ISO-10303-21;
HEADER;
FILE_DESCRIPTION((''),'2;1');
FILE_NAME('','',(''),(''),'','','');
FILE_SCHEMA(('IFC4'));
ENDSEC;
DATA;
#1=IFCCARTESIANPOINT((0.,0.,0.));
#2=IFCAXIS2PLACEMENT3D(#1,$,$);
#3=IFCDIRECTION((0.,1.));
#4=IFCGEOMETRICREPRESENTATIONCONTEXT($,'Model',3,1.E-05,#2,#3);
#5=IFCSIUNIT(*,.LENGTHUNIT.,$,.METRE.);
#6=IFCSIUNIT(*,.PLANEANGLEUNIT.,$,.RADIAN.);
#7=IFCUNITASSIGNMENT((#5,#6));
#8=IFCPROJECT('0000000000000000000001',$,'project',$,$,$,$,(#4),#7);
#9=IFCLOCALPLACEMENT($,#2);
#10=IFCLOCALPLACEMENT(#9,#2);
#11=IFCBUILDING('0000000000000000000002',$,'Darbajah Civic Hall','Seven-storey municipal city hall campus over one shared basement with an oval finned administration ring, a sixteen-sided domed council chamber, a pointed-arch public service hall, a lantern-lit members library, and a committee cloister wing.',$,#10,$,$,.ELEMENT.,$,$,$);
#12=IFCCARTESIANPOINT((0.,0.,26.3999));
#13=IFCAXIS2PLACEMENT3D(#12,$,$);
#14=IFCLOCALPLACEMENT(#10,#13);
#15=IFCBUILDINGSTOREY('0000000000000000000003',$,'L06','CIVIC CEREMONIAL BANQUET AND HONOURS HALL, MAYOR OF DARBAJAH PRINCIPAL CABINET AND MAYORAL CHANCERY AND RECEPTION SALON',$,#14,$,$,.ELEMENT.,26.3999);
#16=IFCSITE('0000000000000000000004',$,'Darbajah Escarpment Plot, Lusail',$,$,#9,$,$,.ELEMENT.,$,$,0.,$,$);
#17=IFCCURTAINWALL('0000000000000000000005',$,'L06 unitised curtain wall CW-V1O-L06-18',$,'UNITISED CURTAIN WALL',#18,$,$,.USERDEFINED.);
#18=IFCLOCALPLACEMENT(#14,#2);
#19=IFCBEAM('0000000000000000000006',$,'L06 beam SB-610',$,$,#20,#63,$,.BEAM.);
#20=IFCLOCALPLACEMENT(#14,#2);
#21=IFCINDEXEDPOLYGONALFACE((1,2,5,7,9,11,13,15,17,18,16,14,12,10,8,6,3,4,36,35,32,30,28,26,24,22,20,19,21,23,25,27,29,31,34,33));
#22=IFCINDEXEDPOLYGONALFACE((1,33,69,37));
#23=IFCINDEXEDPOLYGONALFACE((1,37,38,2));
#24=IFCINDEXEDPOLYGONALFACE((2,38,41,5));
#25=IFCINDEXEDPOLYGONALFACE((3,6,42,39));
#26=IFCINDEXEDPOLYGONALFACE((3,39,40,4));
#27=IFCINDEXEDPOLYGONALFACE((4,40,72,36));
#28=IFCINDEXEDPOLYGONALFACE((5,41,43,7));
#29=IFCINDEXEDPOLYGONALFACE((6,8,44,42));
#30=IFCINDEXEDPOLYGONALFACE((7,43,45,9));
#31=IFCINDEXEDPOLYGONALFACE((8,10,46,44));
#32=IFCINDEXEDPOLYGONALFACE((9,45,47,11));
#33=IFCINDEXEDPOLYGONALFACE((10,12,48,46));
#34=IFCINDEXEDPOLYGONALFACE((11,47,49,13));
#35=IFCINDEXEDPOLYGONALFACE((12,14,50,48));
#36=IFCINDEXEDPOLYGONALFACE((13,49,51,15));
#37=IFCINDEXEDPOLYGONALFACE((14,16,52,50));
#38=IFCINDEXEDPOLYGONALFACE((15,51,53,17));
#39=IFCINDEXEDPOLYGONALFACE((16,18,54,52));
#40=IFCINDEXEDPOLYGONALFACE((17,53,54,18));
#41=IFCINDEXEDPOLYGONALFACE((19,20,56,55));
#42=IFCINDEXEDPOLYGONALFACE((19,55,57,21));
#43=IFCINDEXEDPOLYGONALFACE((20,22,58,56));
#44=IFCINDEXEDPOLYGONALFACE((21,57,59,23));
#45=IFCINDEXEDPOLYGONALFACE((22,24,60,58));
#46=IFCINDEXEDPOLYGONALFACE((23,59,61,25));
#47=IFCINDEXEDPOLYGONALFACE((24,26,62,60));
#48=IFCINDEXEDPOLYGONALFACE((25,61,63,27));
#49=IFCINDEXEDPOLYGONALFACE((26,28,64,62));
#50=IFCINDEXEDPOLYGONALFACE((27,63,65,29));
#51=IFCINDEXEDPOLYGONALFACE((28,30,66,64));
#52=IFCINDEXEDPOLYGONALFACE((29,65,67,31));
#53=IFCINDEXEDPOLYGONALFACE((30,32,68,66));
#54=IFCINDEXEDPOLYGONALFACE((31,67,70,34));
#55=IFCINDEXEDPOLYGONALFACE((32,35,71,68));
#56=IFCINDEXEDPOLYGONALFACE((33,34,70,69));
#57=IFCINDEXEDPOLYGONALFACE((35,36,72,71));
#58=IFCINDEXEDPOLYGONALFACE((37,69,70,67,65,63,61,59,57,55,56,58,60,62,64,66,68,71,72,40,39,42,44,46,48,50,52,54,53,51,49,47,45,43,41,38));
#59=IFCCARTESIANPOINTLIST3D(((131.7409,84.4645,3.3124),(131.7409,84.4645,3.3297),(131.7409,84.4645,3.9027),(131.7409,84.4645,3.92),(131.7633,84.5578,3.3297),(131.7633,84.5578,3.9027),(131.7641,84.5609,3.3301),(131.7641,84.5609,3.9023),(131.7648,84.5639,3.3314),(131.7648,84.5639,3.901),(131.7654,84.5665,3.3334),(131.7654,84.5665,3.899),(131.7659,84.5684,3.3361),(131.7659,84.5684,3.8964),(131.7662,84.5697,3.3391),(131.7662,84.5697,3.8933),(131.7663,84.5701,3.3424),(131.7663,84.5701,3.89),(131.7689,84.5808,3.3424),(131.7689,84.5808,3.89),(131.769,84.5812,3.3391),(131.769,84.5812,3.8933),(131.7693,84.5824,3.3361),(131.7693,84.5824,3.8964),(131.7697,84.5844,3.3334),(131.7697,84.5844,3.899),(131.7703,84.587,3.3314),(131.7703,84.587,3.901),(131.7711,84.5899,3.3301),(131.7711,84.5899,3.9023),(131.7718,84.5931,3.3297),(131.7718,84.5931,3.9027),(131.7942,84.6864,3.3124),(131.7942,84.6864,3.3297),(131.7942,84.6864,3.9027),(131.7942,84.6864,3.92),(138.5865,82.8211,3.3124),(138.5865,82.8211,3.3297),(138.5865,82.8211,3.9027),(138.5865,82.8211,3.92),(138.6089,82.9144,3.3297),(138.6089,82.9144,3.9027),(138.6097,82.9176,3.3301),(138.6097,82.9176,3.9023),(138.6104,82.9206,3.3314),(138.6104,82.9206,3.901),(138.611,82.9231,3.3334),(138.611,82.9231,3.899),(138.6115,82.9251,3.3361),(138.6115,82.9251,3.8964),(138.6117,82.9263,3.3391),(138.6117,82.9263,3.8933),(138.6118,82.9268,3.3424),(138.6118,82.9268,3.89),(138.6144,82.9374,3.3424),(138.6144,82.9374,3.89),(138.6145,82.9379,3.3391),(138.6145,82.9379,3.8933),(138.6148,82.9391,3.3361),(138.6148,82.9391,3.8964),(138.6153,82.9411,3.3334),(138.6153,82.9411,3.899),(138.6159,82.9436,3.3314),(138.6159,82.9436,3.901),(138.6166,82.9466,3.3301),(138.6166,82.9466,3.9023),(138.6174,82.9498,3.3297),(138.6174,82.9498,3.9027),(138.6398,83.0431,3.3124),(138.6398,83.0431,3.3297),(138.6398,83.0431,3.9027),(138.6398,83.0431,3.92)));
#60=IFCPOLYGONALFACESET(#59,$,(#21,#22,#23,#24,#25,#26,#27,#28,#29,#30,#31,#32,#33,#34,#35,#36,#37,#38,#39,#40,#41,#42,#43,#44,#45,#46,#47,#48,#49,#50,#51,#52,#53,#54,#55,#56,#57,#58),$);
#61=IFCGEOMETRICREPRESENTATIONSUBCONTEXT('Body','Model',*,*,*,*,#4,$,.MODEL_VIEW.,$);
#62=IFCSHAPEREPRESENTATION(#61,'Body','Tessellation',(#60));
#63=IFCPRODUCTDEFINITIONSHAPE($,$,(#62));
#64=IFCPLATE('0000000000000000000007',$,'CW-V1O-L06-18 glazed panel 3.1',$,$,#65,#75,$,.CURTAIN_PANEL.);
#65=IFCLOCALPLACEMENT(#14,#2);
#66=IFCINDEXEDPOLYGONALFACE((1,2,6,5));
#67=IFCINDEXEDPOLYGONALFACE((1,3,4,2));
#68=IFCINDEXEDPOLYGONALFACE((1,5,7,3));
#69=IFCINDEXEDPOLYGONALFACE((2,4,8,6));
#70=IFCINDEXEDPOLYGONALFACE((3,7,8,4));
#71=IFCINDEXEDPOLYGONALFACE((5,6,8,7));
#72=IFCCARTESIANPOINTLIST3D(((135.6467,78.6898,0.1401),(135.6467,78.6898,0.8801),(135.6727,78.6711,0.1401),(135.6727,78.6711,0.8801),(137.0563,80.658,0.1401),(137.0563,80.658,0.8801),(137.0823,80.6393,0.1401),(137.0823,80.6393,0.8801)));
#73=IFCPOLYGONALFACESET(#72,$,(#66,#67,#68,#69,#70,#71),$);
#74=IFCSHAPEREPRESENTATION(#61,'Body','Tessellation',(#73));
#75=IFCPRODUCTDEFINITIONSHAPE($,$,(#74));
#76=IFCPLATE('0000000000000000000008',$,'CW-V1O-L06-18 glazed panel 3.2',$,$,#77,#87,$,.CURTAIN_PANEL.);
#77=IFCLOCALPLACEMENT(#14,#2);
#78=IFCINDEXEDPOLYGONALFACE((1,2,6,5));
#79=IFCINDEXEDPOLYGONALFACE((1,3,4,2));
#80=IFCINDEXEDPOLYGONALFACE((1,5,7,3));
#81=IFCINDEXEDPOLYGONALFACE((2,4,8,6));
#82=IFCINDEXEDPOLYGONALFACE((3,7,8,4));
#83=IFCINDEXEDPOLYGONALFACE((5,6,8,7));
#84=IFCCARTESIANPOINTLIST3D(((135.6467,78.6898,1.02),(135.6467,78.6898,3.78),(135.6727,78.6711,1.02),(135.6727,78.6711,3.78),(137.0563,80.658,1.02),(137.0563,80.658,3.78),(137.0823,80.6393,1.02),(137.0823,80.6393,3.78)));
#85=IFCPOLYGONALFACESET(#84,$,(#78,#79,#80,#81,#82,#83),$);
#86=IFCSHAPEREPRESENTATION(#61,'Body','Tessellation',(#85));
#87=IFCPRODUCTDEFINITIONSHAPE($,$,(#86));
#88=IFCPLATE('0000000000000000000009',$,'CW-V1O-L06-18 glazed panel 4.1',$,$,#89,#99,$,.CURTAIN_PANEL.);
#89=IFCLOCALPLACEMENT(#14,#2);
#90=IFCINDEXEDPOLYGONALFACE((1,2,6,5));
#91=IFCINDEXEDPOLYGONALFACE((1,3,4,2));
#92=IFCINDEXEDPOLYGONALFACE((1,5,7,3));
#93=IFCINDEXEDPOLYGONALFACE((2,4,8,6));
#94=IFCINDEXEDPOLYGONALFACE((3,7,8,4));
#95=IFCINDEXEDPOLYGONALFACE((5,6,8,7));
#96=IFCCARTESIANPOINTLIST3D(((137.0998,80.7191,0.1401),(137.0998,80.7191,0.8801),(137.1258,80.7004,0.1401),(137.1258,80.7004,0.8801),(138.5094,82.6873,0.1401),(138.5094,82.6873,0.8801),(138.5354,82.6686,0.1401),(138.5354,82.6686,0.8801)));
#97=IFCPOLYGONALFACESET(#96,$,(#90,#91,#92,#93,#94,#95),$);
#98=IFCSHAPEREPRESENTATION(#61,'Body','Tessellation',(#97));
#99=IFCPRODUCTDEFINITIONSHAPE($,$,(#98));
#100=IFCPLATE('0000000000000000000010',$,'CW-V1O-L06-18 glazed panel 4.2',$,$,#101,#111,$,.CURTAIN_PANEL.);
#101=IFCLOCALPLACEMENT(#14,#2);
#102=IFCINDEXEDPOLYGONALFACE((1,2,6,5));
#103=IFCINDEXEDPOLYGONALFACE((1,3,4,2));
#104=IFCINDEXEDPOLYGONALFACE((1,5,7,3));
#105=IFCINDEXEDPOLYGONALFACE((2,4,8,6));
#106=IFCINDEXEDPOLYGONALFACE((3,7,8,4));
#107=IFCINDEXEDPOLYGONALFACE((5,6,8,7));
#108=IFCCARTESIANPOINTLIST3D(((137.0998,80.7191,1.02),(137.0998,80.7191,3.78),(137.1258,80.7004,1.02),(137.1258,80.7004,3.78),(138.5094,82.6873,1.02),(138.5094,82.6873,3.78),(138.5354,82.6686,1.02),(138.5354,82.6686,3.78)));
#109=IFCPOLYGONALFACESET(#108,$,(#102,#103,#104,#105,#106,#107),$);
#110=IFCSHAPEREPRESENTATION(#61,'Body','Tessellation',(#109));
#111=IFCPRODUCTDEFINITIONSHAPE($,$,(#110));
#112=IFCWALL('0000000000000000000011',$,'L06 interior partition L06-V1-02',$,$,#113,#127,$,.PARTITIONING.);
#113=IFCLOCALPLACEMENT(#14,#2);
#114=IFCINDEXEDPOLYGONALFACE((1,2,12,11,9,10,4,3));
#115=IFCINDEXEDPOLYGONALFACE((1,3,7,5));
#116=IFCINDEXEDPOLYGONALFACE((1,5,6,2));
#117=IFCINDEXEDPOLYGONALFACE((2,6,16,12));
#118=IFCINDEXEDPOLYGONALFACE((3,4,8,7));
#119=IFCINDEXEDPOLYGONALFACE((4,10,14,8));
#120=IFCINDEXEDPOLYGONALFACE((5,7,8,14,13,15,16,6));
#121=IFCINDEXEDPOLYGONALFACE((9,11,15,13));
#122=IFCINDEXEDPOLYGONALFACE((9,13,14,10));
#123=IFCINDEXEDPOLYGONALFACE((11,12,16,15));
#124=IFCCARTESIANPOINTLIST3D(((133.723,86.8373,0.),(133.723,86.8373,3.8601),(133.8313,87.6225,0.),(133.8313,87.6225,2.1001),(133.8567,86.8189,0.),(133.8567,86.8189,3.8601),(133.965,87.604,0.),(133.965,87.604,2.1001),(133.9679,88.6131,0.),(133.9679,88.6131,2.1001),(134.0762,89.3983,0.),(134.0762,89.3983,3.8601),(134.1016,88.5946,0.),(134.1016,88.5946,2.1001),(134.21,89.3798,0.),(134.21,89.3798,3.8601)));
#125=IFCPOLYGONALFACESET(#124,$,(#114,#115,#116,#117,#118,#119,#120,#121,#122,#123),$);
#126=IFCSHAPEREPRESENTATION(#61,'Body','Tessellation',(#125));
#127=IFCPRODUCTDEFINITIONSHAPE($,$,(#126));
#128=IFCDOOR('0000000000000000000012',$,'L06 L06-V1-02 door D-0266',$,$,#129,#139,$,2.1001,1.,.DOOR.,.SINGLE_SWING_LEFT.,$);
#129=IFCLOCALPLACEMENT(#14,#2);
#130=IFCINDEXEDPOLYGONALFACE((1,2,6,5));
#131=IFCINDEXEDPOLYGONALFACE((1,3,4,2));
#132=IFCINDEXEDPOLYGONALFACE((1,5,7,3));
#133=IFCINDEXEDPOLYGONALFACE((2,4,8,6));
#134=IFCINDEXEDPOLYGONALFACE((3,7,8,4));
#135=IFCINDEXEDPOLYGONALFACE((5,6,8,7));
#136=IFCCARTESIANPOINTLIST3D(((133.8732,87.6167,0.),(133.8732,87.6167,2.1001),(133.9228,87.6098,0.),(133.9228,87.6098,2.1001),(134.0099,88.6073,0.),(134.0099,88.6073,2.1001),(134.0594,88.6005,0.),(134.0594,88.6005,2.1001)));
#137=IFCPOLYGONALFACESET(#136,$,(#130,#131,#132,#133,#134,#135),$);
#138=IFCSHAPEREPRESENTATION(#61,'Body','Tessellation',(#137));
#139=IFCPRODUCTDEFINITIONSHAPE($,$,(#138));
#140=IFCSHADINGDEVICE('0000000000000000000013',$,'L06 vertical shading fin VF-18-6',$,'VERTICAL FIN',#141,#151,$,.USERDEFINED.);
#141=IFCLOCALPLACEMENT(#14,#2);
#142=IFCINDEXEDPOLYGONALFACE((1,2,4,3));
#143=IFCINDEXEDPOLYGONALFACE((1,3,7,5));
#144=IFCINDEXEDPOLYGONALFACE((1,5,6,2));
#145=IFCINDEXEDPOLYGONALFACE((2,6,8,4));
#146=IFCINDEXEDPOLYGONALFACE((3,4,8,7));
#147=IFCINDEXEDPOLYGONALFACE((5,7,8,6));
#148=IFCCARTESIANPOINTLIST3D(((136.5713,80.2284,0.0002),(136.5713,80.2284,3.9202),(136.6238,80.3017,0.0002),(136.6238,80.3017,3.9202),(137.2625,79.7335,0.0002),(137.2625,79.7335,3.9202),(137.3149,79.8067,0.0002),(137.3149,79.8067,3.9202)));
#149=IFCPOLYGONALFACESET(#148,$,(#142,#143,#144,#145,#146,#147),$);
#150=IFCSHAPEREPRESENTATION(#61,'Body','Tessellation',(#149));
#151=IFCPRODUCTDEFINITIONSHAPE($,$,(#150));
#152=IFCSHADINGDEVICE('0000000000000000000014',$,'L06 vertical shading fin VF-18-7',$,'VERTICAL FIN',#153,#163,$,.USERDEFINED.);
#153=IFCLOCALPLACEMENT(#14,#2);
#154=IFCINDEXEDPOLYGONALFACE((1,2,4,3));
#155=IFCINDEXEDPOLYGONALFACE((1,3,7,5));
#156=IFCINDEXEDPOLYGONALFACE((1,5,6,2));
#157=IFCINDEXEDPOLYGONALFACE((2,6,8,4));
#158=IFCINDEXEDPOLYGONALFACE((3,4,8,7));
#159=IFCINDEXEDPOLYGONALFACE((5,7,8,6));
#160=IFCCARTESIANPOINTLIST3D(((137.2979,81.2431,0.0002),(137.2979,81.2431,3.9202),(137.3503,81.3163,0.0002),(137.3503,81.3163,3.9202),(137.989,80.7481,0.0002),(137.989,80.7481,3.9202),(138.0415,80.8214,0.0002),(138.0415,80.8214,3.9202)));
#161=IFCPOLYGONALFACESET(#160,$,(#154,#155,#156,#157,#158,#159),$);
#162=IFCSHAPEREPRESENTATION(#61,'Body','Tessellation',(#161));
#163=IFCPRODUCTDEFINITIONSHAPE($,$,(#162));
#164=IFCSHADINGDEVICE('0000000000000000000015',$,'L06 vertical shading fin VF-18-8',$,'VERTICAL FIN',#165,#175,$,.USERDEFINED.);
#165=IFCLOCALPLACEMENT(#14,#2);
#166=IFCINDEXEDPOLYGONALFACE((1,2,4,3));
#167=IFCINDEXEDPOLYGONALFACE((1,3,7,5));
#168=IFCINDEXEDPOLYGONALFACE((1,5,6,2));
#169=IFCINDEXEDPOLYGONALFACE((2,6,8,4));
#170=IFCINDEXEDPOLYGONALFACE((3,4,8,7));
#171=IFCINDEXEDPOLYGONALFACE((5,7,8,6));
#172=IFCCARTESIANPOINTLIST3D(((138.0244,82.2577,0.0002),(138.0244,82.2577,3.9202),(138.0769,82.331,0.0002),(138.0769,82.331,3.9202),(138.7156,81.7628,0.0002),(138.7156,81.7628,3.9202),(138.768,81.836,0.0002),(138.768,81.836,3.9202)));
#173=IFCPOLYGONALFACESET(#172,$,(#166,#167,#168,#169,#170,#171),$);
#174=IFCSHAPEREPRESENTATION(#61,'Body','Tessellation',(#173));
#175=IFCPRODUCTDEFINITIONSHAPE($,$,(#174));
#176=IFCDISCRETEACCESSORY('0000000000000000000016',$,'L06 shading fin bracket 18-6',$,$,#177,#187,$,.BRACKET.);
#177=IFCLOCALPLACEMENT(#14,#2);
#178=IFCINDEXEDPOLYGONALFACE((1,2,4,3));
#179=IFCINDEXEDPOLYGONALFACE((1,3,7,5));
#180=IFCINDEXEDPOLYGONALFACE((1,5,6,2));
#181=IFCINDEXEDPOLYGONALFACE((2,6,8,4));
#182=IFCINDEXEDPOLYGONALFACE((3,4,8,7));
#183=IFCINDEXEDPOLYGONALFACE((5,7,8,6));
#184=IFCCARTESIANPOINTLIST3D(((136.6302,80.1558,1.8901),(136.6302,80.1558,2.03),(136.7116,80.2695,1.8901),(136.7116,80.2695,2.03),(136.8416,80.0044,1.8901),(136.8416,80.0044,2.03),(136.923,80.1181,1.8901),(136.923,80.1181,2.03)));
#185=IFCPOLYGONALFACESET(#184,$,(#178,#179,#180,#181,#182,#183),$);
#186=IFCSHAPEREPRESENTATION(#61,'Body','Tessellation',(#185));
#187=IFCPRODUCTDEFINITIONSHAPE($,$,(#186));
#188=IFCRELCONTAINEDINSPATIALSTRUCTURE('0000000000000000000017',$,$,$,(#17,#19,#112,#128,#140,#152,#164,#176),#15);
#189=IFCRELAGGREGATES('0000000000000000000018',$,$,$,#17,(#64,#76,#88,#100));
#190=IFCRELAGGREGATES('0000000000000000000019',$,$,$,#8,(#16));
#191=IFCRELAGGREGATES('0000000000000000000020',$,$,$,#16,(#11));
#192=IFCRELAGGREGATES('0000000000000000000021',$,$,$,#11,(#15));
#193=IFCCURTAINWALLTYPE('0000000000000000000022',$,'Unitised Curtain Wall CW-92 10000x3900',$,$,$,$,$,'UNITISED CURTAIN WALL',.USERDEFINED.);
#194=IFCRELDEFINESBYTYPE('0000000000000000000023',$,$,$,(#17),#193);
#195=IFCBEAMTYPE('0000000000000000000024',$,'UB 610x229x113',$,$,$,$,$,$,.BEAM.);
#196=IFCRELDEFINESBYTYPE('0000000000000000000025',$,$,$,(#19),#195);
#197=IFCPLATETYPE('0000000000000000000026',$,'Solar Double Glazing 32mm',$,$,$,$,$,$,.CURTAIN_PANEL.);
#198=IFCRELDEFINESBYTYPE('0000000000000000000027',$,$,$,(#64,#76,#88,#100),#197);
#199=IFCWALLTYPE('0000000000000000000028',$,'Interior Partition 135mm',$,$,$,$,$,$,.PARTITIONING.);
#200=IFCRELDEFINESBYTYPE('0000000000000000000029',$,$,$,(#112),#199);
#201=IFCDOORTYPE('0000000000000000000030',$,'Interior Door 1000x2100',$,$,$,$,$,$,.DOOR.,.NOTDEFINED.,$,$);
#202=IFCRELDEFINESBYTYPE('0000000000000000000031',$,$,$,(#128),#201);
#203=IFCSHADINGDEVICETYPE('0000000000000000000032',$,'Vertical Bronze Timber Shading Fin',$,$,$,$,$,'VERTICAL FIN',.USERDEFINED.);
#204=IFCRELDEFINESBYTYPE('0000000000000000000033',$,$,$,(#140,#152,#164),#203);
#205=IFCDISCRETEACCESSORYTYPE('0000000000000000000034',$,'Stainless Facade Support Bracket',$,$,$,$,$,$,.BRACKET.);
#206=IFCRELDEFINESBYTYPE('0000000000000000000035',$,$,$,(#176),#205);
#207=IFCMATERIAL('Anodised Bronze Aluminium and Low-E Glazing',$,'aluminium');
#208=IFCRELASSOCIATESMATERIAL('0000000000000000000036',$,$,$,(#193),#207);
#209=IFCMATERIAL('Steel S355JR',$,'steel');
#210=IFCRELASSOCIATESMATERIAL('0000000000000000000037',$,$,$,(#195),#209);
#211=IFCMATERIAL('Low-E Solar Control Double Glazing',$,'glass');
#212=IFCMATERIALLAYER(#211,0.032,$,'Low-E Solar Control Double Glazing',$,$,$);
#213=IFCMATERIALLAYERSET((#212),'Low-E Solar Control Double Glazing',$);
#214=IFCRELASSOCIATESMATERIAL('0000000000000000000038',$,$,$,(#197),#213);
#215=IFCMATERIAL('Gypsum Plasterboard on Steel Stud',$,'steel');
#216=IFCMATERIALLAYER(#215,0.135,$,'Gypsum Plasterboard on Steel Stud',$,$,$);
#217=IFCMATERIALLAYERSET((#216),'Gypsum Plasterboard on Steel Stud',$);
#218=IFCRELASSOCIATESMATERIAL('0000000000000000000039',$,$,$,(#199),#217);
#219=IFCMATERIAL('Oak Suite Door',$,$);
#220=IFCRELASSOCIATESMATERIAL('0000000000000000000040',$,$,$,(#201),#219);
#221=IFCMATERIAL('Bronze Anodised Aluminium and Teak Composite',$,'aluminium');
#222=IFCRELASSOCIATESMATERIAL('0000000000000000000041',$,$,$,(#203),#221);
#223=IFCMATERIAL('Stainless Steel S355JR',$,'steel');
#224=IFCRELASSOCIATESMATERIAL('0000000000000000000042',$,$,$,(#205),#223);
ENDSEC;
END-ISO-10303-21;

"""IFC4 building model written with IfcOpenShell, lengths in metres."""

from ifc_helpers import new_model, si_unit, direction, frame, frame_2d, origin, origin_2d, place, context, subcontext, project, spatial, rectangle, i_section, extrude, material, layer, layer_set, material_profile, profile_set, type_object, element, fill, aggregate, save


model = new_model("IFC4")

# Units and contexts
model_context = context("Model", 3, precision=1e-05, world=origin(), true_north=direction((0.0, 1.0)))
body_context = subcontext(model_context, "Body", "Model", "MODEL_VIEW")
ifc_project = project(units=[si_unit("LENGTHUNIT", "METRE"), si_unit("PLANEANGLEUNIT", "RADIAN")], contexts=[model_context])

# Site, building, storey
site_placement = place(None, origin())
site = spatial("IfcSite", under=ifc_project, at=site_placement, Name="Darbajah Escarpment Plot, Lusail", CompositionType="ELEMENT", RefElevation=0.0)
building_placement = place(site_placement, origin())
building = spatial("IfcBuilding", under=site, at=building_placement, Name="Darbajah Civic Hall", Description="Seven-storey municipal city hall campus over one shared basement with an oval finned administration ring, a sixteen-sided domed council chamber, a pointed-arch public service hall, a lantern-lit members library, and a committee cloister wing.", CompositionType="ELEMENT")
storey_placement = place(building_placement, frame((0.0, 0.0, 26.3999)))
storey = spatial("IfcBuildingStorey", under=building, at=storey_placement, Name="L06", Description="CIVIC CEREMONIAL BANQUET AND HONOURS HALL, MAYOR OF DARBAJAH PRINCIPAL CABINET AND MAYORAL CHANCERY AND RECEPTION SALON", CompositionType="ELEMENT", Elevation=26.3999)

# Curtain wall
ifc_material_1 = material(Name="Anodised Bronze Aluminium and Low-E Glazing", Category="aluminium")
curtain_wall_type = type_object("IfcCurtainWallType", Name="Unitised Curtain Wall CW-92 10000x3900", ElementType="UNITISED CURTAIN WALL", PredefinedType="USERDEFINED", material=ifc_material_1)
curtain_wall_placement = place(storey_placement, origin())
curtain_wall = element("IfcCurtainWall", 1, at=curtain_wall_placement, inside=storey, type_object=curtain_wall_type, Name="L06 unitised curtain wall CW-V1O-L06-18", ObjectType="UNITISED CURTAIN WALL", PredefinedType="USERDEFINED")

# Beam
ifc_material_2 = material(Name="Steel S355JR", Category="steel")
ifc_material_profile_1 = material_profile(ifc_material_2, i_section(OverallWidth=0.2283, OverallDepth=0.6077, WebThickness=0.011, FlangeThickness=0.0173, FilletRadius=0.0127, at=origin_2d()), Name="UB 610x229x113")
ifc_profile_set_1 = profile_set([ifc_material_profile_1], Name="Steel S355JR")
beam_type_1 = type_object("IfcBeamType", Name="UB 610x229x113", PredefinedType="BEAM", material=ifc_profile_set_1)
beam_1_placement = place(storey_placement, frame((131.7676, 84.5754, 3.6162), z_axis=(0.972374, -0.233427, 0.0), x_axis=(0.233427, 0.972374, 0.0)))
element("IfcBeam", 2, at=beam_1_placement, inside=storey, type_object=beam_type_1, Name="L06 beam SB-610", PredefinedType="BEAM", context=body_context, shape_type="SweptSolid", body=[
    extrude(i_section(OverallWidth=0.2283, OverallDepth=0.6077, WebThickness=0.011, FlangeThickness=0.0173, FilletRadius=0.0127, at=origin_2d()), origin(), (0.0, 0.0, 1.0), 7.04),
])

# Plates
ifc_material_3 = material(Name="Low-E Solar Control Double Glazing", Category="glass")
ifc_layer_1 = layer(ifc_material_3, 0.032, Name="Low-E Solar Control Double Glazing")
ifc_layer_set_1 = layer_set([ifc_layer_1], Name="Low-E Solar Control Double Glazing")
plate_type = type_object("IfcPlateType", Name="Solar Double Glazing 32mm", PredefinedType="CURTAIN_PANEL", material=ifc_layer_set_1)
plate_1_placement = place(storey_placement, frame((136.3645, 79.6646, 0.1401), z_axis=(0.0, 0.0, 1.0), x_axis=(0.582265, 0.812999, 0.0)))
plate_1 = element("IfcPlate", 3, at=plate_1_placement, type_object=plate_type, Name="CW-V1O-L06-18 glazed panel 3.1", PredefinedType="CURTAIN_PANEL", context=body_context, shape_type="SweptSolid", body=[
    extrude(rectangle(XDim=2.4209, YDim=0.032, at=origin_2d()), origin(), (0.0, 0.0, 1.0), 0.74),
])
plate_2_placement = place(storey_placement, frame((136.3645, 79.6646, 1.02), z_axis=(0.0, 0.0, 1.0), x_axis=(0.582265, 0.812999, 0.0)))
plate_2 = element("IfcPlate", 4, at=plate_2_placement, type_object=plate_type, Name="CW-V1O-L06-18 glazed panel 3.2", PredefinedType="CURTAIN_PANEL", context=body_context, shape_type="SweptSolid", body=[
    extrude(rectangle(XDim=2.4209, YDim=0.032, at=origin_2d()), origin(), (0.0, 0.0, 1.0), 2.76),
])
plate_3_placement = place(storey_placement, frame((137.8176, 81.6938, 0.1401), z_axis=(0.0, 0.0, 1.0), x_axis=(0.582265, 0.812999, 0.0)))
plate_3 = element("IfcPlate", 5, at=plate_3_placement, type_object=plate_type, Name="CW-V1O-L06-18 glazed panel 4.1", PredefinedType="CURTAIN_PANEL", context=body_context, shape_type="SweptSolid", body=[
    extrude(rectangle(XDim=2.4209, YDim=0.032, at=origin_2d()), origin(), (0.0, 0.0, 1.0), 0.74),
])
plate_4_placement = place(storey_placement, frame((137.8176, 81.6938, 1.02), z_axis=(0.0, 0.0, 1.0), x_axis=(0.582265, 0.812999, 0.0)))
plate_4 = element("IfcPlate", 6, at=plate_4_placement, type_object=plate_type, Name="CW-V1O-L06-18 glazed panel 4.2", PredefinedType="CURTAIN_PANEL", context=body_context, shape_type="SweptSolid", body=[
    extrude(rectangle(XDim=2.4209, YDim=0.032, at=origin_2d()), origin(), (0.0, 0.0, 1.0), 2.76),
])
aggregate(curtain_wall, [plate_1, plate_2, plate_3, plate_4])

# Wall, opening, door
ifc_material_4 = material(Name="Gypsum Plasterboard on Steel Stud", Category="steel")
ifc_layer_2 = layer(ifc_material_4, 0.135, Name="Gypsum Plasterboard on Steel Stud")
ifc_layer_set_2 = layer_set([ifc_layer_2], Name="Gypsum Plasterboard on Steel Stud")
wall_type = type_object("IfcWallType", Name="Interior Partition 135mm", PredefinedType="PARTITIONING", material=ifc_layer_set_2)
wall_placement = place(storey_placement, frame((134.1431, 89.3889, 0.0), z_axis=(0.0, 0.0, 1.0), x_axis=(-0.136647, -0.99062, 0.0)))
wall = element("IfcWall", 7, at=wall_placement, inside=storey, type_object=wall_type, Name="L06 interior partition L06-V1-02", PredefinedType="PARTITIONING", context=body_context, shape_type="SweptSolid", body=[
    extrude(rectangle(XDim=2.5852, YDim=0.135, at=frame_2d((1.2925, 0.0))), origin(), (0.0, 0.0, 1.0), 3.8601),
])
opening_placement = place(wall_placement, frame((0.7925, 0.0, 0.0)))
opening = element("IfcOpeningElement", 8, at=opening_placement, cuts=wall, PredefinedType="OPENING", context=body_context, shape_type="SweptSolid", body=[
    extrude(rectangle(XDim=1.0, YDim=2.1001, at=frame_2d((0.5, 1.05))), frame((0.0, 0.0774, 0.0), z_axis=(0.0, -1.0, 0.0), x_axis=(1.0, 0.0, 0.0)), (0.0, 0.0, 1.0), 0.155),
])
ifc_material_5 = material(Name="Oak Suite Door")
door_type = type_object("IfcDoorType", Name="Interior Door 1000x2100", OperationType="NOTDEFINED", PredefinedType="DOOR", material=ifc_material_5)
door_placement = place(opening_placement, origin())
door = element("IfcDoor", 9, at=door_placement, inside=storey, type_object=door_type, Name="L06 L06-V1-02 door D-0266", OperationType="SINGLE_SWING_LEFT", OverallHeight=2.1001, OverallWidth=1.0, PredefinedType="DOOR", context=body_context, shape_type="SweptSolid", body=[
    extrude(rectangle(XDim=1.0, YDim=2.1001, at=frame_2d((0.5, 1.05))), frame((0.0, 0.0249, 0.0), z_axis=(0.0, -1.0, 0.0), x_axis=(1.0, 0.0, 0.0)), (0.0, 0.0, 1.0), 0.05),
])
fill(opening, door)

# Shading devices
ifc_material_6 = material(Name="Bronze Anodised Aluminium and Teak Composite", Category="aluminium")
shading_device_type = type_object("IfcShadingDeviceType", Name="Vertical Bronze Timber Shading Fin", ElementType="VERTICAL FIN", PredefinedType="USERDEFINED", material=ifc_material_6)
for number, where, z_axis, x_axis, name in (
    (10, (136.9431, 80.0176, 0.0002), (0.0, 0.0, 1.0), (0.812999, -0.582265, 0.0), "L06 vertical shading fin VF-18-6"),
    (11, (137.6697, 81.0322, 0.0002), (0.0, 0.0, 1.0), (0.812999, -0.582265, 0.0), "L06 vertical shading fin VF-18-7"),
    (12, (138.3962, 82.0469, 0.0002), (0.0, 0.0, 1.0), (0.812999, -0.582265, 0.0), "L06 vertical shading fin VF-18-8"),
):
    element("IfcShadingDevice", number, at=place(storey_placement, frame(where, z_axis=z_axis, x_axis=x_axis)), inside=storey, type_object=shading_device_type, Name=name, ObjectType="VERTICAL FIN", PredefinedType="USERDEFINED", context=body_context, shape_type="SweptSolid", body=[
        extrude(rectangle(XDim=0.8501, YDim=0.0901, at=origin_2d()), origin(), (0.0, 0.0, 1.0), 3.9199),
    ])

# Discrete accessory
ifc_material_7 = material(Name="Stainless Steel S355JR", Category="steel")
discrete_accessory_type = type_object("IfcDiscreteAccessoryType", Name="Stainless Facade Support Bracket", PredefinedType="BRACKET", material=ifc_material_7)
for number, where, z_axis, x_axis, name in (
    (13, (136.7766, 80.137, 1.8901), (0.0, 0.0, 1.0), (0.812999, -0.582265, 0.0), "L06 shading fin bracket 18-6"),
):
    element("IfcDiscreteAccessory", number, at=place(storey_placement, frame(where, z_axis=z_axis, x_axis=x_axis)), inside=storey, type_object=discrete_accessory_type, Name=name, PredefinedType="BRACKET", context=body_context, shape_type="SweptSolid", body=[
        extrude(rectangle(XDim=0.26, YDim=0.1399, at=origin_2d()), origin(), (0.0, 0.0, 1.0), 0.1399),
    ])

save(model, "model.ifc")
